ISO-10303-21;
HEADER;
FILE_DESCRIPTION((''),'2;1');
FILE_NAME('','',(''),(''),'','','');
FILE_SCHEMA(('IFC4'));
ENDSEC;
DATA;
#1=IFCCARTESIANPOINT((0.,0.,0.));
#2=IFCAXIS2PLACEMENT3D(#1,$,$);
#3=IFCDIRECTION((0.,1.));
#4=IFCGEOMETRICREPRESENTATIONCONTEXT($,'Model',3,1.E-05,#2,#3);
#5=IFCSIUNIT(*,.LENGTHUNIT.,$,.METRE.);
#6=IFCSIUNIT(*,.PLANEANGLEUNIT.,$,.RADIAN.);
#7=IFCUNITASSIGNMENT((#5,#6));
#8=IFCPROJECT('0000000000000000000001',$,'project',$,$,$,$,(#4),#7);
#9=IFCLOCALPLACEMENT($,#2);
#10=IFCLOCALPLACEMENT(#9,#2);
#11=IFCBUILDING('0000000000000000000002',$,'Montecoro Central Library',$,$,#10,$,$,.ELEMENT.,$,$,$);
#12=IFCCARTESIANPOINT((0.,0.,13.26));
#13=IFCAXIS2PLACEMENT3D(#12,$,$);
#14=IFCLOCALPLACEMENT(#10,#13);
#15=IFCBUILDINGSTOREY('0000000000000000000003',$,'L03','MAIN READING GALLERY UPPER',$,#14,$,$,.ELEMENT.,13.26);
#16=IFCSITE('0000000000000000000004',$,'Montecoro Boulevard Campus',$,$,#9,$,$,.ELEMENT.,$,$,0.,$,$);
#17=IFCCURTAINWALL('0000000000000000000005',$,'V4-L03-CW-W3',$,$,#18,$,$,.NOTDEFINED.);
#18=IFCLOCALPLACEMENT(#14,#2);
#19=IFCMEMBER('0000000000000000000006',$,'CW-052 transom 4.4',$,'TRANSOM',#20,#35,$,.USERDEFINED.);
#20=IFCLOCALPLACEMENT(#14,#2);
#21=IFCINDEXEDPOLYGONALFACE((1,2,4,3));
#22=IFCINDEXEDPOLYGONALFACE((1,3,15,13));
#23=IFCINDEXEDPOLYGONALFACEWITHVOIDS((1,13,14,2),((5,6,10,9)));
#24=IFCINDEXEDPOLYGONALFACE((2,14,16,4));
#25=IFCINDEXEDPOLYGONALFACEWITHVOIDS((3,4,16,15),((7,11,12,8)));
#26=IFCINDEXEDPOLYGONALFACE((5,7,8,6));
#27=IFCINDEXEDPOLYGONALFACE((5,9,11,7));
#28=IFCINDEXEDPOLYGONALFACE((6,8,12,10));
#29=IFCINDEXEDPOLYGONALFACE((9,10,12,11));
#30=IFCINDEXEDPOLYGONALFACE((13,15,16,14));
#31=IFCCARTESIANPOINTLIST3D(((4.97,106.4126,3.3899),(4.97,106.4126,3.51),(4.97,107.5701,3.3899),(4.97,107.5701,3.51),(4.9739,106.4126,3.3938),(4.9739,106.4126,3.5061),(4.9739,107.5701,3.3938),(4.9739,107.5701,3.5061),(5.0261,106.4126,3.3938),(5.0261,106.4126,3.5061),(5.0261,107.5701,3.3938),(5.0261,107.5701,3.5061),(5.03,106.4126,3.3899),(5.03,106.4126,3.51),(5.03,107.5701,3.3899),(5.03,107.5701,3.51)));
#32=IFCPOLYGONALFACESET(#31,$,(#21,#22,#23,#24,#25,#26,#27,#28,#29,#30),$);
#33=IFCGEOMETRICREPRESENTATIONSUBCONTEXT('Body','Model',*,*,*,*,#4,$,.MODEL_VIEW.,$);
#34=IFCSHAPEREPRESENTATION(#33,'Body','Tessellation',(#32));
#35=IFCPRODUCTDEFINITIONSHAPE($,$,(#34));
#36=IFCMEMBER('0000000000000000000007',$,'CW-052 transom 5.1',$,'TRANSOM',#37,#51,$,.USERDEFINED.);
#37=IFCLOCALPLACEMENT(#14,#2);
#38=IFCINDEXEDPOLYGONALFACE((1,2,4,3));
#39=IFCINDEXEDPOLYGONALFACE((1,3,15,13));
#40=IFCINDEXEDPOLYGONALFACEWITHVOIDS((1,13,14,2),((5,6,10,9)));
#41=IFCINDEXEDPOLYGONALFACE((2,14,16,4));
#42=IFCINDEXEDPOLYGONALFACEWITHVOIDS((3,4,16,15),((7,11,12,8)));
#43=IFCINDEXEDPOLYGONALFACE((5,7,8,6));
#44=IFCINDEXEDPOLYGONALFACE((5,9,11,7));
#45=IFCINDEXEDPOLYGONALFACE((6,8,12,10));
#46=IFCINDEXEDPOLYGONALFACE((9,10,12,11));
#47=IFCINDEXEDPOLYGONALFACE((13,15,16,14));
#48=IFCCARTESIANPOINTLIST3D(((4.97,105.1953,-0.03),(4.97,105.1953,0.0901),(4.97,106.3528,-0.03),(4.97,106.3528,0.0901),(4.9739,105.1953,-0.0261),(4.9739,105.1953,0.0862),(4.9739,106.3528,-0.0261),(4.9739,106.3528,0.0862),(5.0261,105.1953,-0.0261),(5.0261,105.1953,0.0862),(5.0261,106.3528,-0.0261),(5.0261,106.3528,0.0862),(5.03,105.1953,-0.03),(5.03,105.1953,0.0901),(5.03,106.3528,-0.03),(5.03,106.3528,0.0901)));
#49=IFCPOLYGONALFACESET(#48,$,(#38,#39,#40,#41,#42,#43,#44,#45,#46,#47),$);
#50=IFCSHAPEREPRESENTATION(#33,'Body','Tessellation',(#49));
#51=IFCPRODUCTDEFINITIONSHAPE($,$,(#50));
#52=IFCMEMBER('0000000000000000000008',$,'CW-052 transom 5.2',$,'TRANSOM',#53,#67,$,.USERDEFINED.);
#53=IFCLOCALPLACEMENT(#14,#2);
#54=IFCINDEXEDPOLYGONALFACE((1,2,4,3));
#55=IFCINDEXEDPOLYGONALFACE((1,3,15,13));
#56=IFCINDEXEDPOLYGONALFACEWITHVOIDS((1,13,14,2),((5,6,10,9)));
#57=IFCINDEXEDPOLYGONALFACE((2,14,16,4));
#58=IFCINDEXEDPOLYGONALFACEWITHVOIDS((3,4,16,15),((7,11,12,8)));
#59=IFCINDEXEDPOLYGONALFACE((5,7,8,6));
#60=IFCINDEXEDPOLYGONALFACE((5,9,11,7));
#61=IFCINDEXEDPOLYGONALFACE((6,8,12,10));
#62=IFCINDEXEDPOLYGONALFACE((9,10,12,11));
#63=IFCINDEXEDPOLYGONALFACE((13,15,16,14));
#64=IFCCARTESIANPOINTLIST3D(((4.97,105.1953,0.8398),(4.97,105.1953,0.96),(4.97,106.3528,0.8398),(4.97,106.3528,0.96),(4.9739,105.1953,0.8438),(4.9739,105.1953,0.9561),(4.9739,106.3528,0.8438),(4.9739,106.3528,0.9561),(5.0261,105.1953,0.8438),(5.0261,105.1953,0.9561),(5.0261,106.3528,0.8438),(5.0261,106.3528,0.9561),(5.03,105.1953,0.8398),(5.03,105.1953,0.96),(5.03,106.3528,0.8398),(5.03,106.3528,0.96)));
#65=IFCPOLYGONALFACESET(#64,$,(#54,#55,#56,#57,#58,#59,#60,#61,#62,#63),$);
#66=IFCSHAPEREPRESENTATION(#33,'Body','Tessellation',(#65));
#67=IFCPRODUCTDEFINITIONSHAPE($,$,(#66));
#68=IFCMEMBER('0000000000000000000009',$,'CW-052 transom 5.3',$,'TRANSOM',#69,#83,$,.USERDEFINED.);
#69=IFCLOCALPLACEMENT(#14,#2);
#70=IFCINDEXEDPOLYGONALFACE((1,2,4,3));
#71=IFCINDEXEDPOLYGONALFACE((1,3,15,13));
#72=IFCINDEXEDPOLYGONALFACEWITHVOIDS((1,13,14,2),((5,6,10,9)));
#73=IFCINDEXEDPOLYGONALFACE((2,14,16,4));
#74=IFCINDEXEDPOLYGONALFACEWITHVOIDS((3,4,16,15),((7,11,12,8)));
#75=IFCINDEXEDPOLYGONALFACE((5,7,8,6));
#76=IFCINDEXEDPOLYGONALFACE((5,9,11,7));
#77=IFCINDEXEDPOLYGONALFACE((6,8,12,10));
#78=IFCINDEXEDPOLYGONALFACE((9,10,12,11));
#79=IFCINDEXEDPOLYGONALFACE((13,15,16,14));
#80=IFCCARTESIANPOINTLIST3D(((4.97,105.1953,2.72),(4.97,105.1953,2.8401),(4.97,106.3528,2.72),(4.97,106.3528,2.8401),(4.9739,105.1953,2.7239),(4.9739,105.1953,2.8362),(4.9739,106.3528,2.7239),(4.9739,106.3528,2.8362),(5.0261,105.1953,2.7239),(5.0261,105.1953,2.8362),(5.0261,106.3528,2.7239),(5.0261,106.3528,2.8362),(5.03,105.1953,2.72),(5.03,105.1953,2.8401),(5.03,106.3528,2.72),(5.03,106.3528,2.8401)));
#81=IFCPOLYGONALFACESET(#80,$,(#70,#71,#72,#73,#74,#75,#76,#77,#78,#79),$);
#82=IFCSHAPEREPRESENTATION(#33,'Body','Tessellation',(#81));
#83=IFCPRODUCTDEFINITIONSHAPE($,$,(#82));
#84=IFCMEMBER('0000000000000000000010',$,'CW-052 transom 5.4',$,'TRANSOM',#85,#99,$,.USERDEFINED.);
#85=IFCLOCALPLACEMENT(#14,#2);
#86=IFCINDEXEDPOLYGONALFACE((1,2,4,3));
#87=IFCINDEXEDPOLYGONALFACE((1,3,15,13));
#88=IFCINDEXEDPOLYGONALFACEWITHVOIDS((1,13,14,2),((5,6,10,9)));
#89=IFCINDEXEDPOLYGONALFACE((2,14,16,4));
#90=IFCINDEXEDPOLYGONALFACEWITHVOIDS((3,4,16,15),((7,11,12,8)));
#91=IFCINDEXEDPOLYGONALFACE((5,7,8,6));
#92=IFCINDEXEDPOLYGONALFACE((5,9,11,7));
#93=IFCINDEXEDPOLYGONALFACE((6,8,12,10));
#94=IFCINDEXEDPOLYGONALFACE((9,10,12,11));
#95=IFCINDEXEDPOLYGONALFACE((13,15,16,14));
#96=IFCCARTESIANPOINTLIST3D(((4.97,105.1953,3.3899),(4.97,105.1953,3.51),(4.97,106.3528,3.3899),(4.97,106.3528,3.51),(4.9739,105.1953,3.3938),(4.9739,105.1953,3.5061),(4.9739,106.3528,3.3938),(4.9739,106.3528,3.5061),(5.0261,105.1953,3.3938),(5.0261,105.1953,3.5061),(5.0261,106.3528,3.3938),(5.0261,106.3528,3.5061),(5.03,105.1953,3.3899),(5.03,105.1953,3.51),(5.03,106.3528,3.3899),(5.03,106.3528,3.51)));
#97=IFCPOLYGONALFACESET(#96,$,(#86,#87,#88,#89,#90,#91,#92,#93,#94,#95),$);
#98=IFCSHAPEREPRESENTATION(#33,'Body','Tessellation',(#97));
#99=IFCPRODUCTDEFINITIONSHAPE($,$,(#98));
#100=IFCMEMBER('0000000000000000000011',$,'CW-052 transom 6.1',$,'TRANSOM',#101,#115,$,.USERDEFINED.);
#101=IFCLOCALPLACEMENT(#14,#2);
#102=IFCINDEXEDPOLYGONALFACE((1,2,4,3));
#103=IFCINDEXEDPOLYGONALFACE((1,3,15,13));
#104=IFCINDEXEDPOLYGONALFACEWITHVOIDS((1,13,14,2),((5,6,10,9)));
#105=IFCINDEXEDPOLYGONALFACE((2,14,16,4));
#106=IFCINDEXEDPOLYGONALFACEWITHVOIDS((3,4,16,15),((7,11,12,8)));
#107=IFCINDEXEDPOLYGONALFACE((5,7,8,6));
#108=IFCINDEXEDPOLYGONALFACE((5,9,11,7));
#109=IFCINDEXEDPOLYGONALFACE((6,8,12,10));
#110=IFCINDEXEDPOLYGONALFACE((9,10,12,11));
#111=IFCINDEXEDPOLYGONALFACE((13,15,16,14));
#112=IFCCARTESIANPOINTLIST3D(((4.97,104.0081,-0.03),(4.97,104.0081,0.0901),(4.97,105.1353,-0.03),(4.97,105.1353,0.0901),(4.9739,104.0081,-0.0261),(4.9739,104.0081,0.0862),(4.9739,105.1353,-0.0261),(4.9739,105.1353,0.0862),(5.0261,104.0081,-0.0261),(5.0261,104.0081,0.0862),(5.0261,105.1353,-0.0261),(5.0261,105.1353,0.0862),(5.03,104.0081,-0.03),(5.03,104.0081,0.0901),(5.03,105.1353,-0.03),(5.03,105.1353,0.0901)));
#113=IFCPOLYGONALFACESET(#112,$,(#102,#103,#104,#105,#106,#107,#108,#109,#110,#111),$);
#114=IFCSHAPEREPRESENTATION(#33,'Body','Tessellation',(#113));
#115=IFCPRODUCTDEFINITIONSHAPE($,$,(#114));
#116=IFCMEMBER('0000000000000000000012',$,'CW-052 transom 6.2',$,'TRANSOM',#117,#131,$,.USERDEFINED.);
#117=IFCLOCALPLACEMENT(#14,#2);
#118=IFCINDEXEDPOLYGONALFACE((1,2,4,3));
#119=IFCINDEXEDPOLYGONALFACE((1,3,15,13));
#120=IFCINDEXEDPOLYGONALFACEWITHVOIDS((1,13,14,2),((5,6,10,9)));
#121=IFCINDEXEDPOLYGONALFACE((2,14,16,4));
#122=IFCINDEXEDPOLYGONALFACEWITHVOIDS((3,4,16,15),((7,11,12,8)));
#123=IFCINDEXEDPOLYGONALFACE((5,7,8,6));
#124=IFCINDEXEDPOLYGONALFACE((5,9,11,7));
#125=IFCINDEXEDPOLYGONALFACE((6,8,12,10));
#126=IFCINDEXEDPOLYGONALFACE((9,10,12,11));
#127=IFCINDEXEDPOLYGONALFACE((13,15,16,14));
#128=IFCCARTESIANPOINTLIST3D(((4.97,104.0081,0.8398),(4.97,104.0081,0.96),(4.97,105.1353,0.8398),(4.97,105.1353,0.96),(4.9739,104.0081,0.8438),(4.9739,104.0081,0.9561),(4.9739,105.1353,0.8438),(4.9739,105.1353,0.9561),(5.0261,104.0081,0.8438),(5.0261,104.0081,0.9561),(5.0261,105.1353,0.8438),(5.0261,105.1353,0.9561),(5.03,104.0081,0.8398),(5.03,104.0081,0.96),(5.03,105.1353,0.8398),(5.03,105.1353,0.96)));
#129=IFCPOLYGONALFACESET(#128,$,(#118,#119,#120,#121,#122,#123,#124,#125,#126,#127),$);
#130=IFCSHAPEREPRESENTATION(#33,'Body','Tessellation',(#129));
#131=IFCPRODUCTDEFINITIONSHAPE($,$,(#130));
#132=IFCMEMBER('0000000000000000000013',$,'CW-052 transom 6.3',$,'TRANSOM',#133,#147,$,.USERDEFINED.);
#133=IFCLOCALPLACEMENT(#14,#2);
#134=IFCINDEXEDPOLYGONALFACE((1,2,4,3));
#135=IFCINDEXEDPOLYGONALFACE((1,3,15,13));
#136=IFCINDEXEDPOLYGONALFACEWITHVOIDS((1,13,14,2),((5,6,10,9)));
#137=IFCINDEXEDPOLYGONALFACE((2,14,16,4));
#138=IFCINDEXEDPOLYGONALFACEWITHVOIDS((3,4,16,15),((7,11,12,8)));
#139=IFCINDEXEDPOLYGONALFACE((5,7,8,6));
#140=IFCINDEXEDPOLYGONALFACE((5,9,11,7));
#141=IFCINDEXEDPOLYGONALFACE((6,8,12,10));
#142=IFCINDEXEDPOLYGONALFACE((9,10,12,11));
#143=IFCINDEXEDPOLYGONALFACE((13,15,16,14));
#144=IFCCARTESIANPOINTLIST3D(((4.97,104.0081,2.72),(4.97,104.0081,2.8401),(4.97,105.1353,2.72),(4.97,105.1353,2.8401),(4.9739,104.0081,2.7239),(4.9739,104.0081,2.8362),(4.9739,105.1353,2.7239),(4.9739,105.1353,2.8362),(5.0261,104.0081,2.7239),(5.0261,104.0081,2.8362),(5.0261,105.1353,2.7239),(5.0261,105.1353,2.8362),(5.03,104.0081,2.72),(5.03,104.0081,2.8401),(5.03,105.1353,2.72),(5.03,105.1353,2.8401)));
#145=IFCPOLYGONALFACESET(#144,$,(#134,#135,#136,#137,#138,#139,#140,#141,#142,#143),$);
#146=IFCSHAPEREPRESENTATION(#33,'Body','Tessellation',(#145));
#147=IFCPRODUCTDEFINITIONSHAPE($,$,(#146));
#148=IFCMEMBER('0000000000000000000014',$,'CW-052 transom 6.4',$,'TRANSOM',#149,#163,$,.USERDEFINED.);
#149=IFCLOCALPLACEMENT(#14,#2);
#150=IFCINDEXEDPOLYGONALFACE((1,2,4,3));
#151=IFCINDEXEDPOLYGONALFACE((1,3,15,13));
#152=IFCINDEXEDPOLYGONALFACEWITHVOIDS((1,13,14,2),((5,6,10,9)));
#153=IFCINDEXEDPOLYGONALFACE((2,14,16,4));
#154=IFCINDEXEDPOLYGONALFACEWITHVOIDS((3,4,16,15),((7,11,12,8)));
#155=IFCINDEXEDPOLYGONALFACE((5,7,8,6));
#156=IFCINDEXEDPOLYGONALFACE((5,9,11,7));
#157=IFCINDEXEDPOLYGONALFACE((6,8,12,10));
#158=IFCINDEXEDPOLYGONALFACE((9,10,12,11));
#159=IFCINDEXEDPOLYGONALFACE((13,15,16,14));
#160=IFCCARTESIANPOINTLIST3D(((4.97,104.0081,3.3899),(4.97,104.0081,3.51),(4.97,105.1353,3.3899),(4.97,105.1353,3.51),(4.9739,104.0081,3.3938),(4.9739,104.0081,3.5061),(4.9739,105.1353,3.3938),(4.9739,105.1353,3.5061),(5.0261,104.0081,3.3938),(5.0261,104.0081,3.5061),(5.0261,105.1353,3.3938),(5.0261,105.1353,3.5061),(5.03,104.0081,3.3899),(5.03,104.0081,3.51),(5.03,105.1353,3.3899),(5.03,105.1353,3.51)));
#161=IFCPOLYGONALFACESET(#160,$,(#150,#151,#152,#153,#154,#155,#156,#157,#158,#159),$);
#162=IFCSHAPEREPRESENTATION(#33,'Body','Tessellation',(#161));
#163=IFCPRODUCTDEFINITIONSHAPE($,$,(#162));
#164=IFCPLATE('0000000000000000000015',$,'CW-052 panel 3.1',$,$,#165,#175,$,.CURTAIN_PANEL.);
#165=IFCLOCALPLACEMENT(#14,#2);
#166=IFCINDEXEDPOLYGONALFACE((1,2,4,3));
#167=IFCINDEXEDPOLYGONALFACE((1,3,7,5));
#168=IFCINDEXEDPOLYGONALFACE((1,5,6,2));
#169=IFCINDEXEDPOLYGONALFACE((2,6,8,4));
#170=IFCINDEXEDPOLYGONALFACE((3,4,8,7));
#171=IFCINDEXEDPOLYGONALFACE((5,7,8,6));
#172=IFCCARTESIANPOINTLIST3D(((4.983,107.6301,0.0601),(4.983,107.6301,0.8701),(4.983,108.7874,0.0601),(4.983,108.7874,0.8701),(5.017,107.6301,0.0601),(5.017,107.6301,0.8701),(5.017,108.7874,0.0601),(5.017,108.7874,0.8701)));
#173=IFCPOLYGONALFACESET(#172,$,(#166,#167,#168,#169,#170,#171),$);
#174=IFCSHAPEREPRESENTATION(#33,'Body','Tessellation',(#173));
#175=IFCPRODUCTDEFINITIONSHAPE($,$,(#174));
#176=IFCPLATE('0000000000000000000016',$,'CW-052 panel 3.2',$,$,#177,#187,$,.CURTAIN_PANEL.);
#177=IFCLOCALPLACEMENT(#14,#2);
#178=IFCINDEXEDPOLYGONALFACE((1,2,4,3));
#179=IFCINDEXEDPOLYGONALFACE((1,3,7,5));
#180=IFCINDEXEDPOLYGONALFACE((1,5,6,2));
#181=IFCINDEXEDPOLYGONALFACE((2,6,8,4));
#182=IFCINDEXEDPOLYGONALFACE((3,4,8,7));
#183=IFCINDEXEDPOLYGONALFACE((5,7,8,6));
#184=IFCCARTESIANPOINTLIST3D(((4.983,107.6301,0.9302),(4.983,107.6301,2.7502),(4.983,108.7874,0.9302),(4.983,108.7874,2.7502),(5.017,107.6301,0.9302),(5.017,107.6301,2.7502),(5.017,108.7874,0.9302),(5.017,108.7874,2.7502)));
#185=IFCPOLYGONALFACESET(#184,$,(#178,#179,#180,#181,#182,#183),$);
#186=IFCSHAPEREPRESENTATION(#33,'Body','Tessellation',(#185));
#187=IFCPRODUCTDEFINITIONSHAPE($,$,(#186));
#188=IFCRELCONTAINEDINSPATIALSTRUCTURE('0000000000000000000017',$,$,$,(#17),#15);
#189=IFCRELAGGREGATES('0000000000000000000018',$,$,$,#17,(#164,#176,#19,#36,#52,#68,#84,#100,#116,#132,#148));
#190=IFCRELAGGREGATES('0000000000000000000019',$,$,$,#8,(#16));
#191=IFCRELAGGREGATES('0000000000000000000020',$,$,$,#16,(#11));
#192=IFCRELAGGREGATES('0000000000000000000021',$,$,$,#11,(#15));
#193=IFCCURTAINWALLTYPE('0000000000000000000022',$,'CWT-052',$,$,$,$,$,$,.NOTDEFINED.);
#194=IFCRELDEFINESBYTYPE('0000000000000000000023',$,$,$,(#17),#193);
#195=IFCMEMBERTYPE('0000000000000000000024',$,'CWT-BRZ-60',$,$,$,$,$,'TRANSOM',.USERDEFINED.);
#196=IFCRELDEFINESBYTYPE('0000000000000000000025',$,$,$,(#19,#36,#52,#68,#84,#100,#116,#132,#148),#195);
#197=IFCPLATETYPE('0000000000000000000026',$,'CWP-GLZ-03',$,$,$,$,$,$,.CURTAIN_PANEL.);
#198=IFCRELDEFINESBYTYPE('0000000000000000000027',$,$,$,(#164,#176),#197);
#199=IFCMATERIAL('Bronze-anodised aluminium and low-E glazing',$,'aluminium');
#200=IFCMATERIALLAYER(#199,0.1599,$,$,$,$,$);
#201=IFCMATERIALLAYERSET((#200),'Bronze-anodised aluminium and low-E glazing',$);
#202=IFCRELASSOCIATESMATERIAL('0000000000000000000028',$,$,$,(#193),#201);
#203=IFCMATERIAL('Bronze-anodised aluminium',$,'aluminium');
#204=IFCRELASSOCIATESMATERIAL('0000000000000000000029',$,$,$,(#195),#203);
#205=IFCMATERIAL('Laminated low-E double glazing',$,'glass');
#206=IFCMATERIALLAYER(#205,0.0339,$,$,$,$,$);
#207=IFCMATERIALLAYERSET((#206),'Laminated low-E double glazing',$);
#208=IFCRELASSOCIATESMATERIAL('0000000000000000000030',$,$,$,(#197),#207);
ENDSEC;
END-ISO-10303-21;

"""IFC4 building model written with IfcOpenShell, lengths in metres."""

from ifc_helpers import new_model, si_unit, direction, frame, origin, origin_2d, place, context, subcontext, project, spatial, rectangle, hollow_rectangle, extrude, material, layer, layer_set, material_profile, profile_set, type_object, element, aggregate, save


model = new_model("IFC4")

# Units and contexts
model_context = context("Model", 3, precision=1e-05, world=origin(), true_north=direction((0.0, 1.0)))
body_context = subcontext(model_context, "Body", "Model", "MODEL_VIEW")
ifc_project = project(units=[si_unit("LENGTHUNIT", "METRE"), si_unit("PLANEANGLEUNIT", "RADIAN")], contexts=[model_context])

# Site, building, storey
site_placement = place(None, origin())
site = spatial("IfcSite", under=ifc_project, at=site_placement, Name="Montecoro Boulevard Campus", CompositionType="ELEMENT", RefElevation=0.0)
building_placement = place(site_placement, origin())
building = spatial("IfcBuilding", under=site, at=building_placement, Name="Montecoro Central Library", CompositionType="ELEMENT")
storey_placement = place(building_placement, frame((0.0, 0.0, 13.26)))
storey = spatial("IfcBuildingStorey", under=building, at=storey_placement, Name="L03", Description="MAIN READING GALLERY UPPER", CompositionType="ELEMENT", Elevation=13.26)

# Curtain wall, members, plates
ifc_material_1 = material(Name="Bronze-anodised aluminium and low-E glazing", Category="aluminium")
ifc_layer_1 = layer(ifc_material_1, 0.1599)
ifc_layer_set_1 = layer_set([ifc_layer_1], Name="Bronze-anodised aluminium and low-E glazing")
curtain_wall_type = type_object("IfcCurtainWallType", Name="CWT-052", PredefinedType="NOTDEFINED", material=ifc_layer_set_1)
curtain_wall_placement = place(storey_placement, origin())
curtain_wall = element("IfcCurtainWall", 1, at=curtain_wall_placement, inside=storey, type_object=curtain_wall_type, Name="V4-L03-CW-W3", PredefinedType="NOTDEFINED")
ifc_material_2 = material(Name="Bronze-anodised aluminium", Category="aluminium")
ifc_material_profile_1 = material_profile(ifc_material_2, hollow_rectangle(XDim=0.0601, YDim=0.1201, WallThickness=0.0039, at=origin_2d()), Name="CWT 120x60x4.0")
ifc_profile_set_1 = profile_set([ifc_material_profile_1], Name="Bronze-anodised aluminium")
member_type_1 = type_object("IfcMemberType", Name="CWT-BRZ-60", ElementType="TRANSOM", PredefinedType="USERDEFINED", material=ifc_profile_set_1)
member_1_placement = place(storey_placement, frame((5.0, 107.5701, 3.45), z_axis=(0.0, -1.0, 0.0), x_axis=(1.0, 0.0, 0.0)))
member_1 = element("IfcMember", 2, at=member_1_placement, type_object=member_type_1, Name="CW-052 transom 4.4", ObjectType="TRANSOM", PredefinedType="USERDEFINED", context=body_context, shape_type="SweptSolid", body=[
    extrude(hollow_rectangle(XDim=0.0601, YDim=0.1201, WallThickness=0.0039, at=origin_2d()), origin(), (0.0, 0.0, 1.0), 1.1575),
])
member_2_placement = place(storey_placement, frame((5.0, 106.3528, 0.03), z_axis=(0.0, -1.0, 0.0), x_axis=(1.0, 0.0, 0.0)))
member_2 = element("IfcMember", 3, at=member_2_placement, type_object=member_type_1, Name="CW-052 transom 5.1", ObjectType="TRANSOM", PredefinedType="USERDEFINED", context=body_context, shape_type="SweptSolid", body=[
    extrude(hollow_rectangle(XDim=0.0601, YDim=0.1201, WallThickness=0.0039, at=origin_2d()), origin(), (0.0, 0.0, 1.0), 1.1575),
])
member_3_placement = place(storey_placement, frame((5.0, 106.3528, 0.8999), z_axis=(0.0, -1.0, 0.0), x_axis=(1.0, 0.0, 0.0)))
member_3 = element("IfcMember", 4, at=member_3_placement, type_object=member_type_1, Name="CW-052 transom 5.2", ObjectType="TRANSOM", PredefinedType="USERDEFINED", context=body_context, shape_type="SweptSolid", body=[
    extrude(hollow_rectangle(XDim=0.0601, YDim=0.1201, WallThickness=0.0039, at=origin_2d()), origin(), (0.0, 0.0, 1.0), 1.1575),
])
member_4_placement = place(storey_placement, frame((5.0, 106.3528, 2.78), z_axis=(0.0, -1.0, 0.0), x_axis=(1.0, 0.0, 0.0)))
member_4 = element("IfcMember", 5, at=member_4_placement, type_object=member_type_1, Name="CW-052 transom 5.3", ObjectType="TRANSOM", PredefinedType="USERDEFINED", context=body_context, shape_type="SweptSolid", body=[
    extrude(hollow_rectangle(XDim=0.0601, YDim=0.1201, WallThickness=0.0039, at=origin_2d()), origin(), (0.0, 0.0, 1.0), 1.1575),
])
member_5_placement = place(storey_placement, frame((5.0, 106.3528, 3.45), z_axis=(0.0, -1.0, 0.0), x_axis=(1.0, 0.0, 0.0)))
member_5 = element("IfcMember", 6, at=member_5_placement, type_object=member_type_1, Name="CW-052 transom 5.4", ObjectType="TRANSOM", PredefinedType="USERDEFINED", context=body_context, shape_type="SweptSolid", body=[
    extrude(hollow_rectangle(XDim=0.0601, YDim=0.1201, WallThickness=0.0039, at=origin_2d()), origin(), (0.0, 0.0, 1.0), 1.1575),
])
member_6_placement = place(storey_placement, frame((5.0, 105.1353, 0.03), z_axis=(0.0, -1.0, 0.0), x_axis=(1.0, 0.0, 0.0)))
member_6 = element("IfcMember", 7, at=member_6_placement, type_object=member_type_1, Name="CW-052 transom 6.1", ObjectType="TRANSOM", PredefinedType="USERDEFINED", context=body_context, shape_type="SweptSolid", body=[
    extrude(hollow_rectangle(XDim=0.0601, YDim=0.1201, WallThickness=0.0039, at=origin_2d()), origin(), (0.0, 0.0, 1.0), 1.1272),
])
member_7_placement = place(storey_placement, frame((5.0, 105.1353, 0.8999), z_axis=(0.0, -1.0, 0.0), x_axis=(1.0, 0.0, 0.0)))
member_7 = element("IfcMember", 8, at=member_7_placement, type_object=member_type_1, Name="CW-052 transom 6.2", ObjectType="TRANSOM", PredefinedType="USERDEFINED", context=body_context, shape_type="SweptSolid", body=[
    extrude(hollow_rectangle(XDim=0.0601, YDim=0.1201, WallThickness=0.0039, at=origin_2d()), origin(), (0.0, 0.0, 1.0), 1.1272),
])
member_8_placement = place(storey_placement, frame((5.0, 105.1353, 2.78), z_axis=(0.0, -1.0, 0.0), x_axis=(1.0, 0.0, 0.0)))
member_8 = element("IfcMember", 9, at=member_8_placement, type_object=member_type_1, Name="CW-052 transom 6.3", ObjectType="TRANSOM", PredefinedType="USERDEFINED", context=body_context, shape_type="SweptSolid", body=[
    extrude(hollow_rectangle(XDim=0.0601, YDim=0.1201, WallThickness=0.0039, at=origin_2d()), origin(), (0.0, 0.0, 1.0), 1.1272),
])
member_9_placement = place(storey_placement, frame((5.0, 105.1353, 3.45), z_axis=(0.0, -1.0, 0.0), x_axis=(1.0, 0.0, 0.0)))
member_9 = element("IfcMember", 10, at=member_9_placement, type_object=member_type_1, Name="CW-052 transom 6.4", ObjectType="TRANSOM", PredefinedType="USERDEFINED", context=body_context, shape_type="SweptSolid", body=[
    extrude(hollow_rectangle(XDim=0.0601, YDim=0.1201, WallThickness=0.0039, at=origin_2d()), origin(), (0.0, 0.0, 1.0), 1.1272),
])
ifc_material_3 = material(Name="Laminated low-E double glazing", Category="glass")
ifc_layer_2 = layer(ifc_material_3, 0.0339)
ifc_layer_set_2 = layer_set([ifc_layer_2], Name="Laminated low-E double glazing")
plate_type = type_object("IfcPlateType", Name="CWP-GLZ-03", PredefinedType="CURTAIN_PANEL", material=ifc_layer_set_2)
plate_1_placement = place(storey_placement, frame((5.0, 108.2087, 0.0601), z_axis=(0.0, 0.0, 1.0), x_axis=(0.0, -1.0, 0.0)))
plate_1 = element("IfcPlate", 11, at=plate_1_placement, type_object=plate_type, Name="CW-052 panel 3.1", PredefinedType="CURTAIN_PANEL", context=body_context, shape_type="SweptSolid", body=[
    extrude(rectangle(XDim=1.1572, YDim=0.0339, at=origin_2d()), origin(), (0.0, 0.0, 1.0), 0.8101),
])
plate_2_placement = place(storey_placement, frame((5.0, 108.2087, 0.9302), z_axis=(0.0, 0.0, 1.0), x_axis=(0.0, -1.0, 0.0)))
plate_2 = element("IfcPlate", 12, at=plate_2_placement, type_object=plate_type, Name="CW-052 panel 3.2", PredefinedType="CURTAIN_PANEL", context=body_context, shape_type="SweptSolid", body=[
    extrude(rectangle(XDim=1.1572, YDim=0.0339, at=origin_2d()), origin(), (0.0, 0.0, 1.0), 1.8201),
])
aggregate(curtain_wall, [plate_1, plate_2, member_1, member_2, member_3, member_4, member_5, member_6, member_7, member_8, member_9])

save(model, "model.ifc")
